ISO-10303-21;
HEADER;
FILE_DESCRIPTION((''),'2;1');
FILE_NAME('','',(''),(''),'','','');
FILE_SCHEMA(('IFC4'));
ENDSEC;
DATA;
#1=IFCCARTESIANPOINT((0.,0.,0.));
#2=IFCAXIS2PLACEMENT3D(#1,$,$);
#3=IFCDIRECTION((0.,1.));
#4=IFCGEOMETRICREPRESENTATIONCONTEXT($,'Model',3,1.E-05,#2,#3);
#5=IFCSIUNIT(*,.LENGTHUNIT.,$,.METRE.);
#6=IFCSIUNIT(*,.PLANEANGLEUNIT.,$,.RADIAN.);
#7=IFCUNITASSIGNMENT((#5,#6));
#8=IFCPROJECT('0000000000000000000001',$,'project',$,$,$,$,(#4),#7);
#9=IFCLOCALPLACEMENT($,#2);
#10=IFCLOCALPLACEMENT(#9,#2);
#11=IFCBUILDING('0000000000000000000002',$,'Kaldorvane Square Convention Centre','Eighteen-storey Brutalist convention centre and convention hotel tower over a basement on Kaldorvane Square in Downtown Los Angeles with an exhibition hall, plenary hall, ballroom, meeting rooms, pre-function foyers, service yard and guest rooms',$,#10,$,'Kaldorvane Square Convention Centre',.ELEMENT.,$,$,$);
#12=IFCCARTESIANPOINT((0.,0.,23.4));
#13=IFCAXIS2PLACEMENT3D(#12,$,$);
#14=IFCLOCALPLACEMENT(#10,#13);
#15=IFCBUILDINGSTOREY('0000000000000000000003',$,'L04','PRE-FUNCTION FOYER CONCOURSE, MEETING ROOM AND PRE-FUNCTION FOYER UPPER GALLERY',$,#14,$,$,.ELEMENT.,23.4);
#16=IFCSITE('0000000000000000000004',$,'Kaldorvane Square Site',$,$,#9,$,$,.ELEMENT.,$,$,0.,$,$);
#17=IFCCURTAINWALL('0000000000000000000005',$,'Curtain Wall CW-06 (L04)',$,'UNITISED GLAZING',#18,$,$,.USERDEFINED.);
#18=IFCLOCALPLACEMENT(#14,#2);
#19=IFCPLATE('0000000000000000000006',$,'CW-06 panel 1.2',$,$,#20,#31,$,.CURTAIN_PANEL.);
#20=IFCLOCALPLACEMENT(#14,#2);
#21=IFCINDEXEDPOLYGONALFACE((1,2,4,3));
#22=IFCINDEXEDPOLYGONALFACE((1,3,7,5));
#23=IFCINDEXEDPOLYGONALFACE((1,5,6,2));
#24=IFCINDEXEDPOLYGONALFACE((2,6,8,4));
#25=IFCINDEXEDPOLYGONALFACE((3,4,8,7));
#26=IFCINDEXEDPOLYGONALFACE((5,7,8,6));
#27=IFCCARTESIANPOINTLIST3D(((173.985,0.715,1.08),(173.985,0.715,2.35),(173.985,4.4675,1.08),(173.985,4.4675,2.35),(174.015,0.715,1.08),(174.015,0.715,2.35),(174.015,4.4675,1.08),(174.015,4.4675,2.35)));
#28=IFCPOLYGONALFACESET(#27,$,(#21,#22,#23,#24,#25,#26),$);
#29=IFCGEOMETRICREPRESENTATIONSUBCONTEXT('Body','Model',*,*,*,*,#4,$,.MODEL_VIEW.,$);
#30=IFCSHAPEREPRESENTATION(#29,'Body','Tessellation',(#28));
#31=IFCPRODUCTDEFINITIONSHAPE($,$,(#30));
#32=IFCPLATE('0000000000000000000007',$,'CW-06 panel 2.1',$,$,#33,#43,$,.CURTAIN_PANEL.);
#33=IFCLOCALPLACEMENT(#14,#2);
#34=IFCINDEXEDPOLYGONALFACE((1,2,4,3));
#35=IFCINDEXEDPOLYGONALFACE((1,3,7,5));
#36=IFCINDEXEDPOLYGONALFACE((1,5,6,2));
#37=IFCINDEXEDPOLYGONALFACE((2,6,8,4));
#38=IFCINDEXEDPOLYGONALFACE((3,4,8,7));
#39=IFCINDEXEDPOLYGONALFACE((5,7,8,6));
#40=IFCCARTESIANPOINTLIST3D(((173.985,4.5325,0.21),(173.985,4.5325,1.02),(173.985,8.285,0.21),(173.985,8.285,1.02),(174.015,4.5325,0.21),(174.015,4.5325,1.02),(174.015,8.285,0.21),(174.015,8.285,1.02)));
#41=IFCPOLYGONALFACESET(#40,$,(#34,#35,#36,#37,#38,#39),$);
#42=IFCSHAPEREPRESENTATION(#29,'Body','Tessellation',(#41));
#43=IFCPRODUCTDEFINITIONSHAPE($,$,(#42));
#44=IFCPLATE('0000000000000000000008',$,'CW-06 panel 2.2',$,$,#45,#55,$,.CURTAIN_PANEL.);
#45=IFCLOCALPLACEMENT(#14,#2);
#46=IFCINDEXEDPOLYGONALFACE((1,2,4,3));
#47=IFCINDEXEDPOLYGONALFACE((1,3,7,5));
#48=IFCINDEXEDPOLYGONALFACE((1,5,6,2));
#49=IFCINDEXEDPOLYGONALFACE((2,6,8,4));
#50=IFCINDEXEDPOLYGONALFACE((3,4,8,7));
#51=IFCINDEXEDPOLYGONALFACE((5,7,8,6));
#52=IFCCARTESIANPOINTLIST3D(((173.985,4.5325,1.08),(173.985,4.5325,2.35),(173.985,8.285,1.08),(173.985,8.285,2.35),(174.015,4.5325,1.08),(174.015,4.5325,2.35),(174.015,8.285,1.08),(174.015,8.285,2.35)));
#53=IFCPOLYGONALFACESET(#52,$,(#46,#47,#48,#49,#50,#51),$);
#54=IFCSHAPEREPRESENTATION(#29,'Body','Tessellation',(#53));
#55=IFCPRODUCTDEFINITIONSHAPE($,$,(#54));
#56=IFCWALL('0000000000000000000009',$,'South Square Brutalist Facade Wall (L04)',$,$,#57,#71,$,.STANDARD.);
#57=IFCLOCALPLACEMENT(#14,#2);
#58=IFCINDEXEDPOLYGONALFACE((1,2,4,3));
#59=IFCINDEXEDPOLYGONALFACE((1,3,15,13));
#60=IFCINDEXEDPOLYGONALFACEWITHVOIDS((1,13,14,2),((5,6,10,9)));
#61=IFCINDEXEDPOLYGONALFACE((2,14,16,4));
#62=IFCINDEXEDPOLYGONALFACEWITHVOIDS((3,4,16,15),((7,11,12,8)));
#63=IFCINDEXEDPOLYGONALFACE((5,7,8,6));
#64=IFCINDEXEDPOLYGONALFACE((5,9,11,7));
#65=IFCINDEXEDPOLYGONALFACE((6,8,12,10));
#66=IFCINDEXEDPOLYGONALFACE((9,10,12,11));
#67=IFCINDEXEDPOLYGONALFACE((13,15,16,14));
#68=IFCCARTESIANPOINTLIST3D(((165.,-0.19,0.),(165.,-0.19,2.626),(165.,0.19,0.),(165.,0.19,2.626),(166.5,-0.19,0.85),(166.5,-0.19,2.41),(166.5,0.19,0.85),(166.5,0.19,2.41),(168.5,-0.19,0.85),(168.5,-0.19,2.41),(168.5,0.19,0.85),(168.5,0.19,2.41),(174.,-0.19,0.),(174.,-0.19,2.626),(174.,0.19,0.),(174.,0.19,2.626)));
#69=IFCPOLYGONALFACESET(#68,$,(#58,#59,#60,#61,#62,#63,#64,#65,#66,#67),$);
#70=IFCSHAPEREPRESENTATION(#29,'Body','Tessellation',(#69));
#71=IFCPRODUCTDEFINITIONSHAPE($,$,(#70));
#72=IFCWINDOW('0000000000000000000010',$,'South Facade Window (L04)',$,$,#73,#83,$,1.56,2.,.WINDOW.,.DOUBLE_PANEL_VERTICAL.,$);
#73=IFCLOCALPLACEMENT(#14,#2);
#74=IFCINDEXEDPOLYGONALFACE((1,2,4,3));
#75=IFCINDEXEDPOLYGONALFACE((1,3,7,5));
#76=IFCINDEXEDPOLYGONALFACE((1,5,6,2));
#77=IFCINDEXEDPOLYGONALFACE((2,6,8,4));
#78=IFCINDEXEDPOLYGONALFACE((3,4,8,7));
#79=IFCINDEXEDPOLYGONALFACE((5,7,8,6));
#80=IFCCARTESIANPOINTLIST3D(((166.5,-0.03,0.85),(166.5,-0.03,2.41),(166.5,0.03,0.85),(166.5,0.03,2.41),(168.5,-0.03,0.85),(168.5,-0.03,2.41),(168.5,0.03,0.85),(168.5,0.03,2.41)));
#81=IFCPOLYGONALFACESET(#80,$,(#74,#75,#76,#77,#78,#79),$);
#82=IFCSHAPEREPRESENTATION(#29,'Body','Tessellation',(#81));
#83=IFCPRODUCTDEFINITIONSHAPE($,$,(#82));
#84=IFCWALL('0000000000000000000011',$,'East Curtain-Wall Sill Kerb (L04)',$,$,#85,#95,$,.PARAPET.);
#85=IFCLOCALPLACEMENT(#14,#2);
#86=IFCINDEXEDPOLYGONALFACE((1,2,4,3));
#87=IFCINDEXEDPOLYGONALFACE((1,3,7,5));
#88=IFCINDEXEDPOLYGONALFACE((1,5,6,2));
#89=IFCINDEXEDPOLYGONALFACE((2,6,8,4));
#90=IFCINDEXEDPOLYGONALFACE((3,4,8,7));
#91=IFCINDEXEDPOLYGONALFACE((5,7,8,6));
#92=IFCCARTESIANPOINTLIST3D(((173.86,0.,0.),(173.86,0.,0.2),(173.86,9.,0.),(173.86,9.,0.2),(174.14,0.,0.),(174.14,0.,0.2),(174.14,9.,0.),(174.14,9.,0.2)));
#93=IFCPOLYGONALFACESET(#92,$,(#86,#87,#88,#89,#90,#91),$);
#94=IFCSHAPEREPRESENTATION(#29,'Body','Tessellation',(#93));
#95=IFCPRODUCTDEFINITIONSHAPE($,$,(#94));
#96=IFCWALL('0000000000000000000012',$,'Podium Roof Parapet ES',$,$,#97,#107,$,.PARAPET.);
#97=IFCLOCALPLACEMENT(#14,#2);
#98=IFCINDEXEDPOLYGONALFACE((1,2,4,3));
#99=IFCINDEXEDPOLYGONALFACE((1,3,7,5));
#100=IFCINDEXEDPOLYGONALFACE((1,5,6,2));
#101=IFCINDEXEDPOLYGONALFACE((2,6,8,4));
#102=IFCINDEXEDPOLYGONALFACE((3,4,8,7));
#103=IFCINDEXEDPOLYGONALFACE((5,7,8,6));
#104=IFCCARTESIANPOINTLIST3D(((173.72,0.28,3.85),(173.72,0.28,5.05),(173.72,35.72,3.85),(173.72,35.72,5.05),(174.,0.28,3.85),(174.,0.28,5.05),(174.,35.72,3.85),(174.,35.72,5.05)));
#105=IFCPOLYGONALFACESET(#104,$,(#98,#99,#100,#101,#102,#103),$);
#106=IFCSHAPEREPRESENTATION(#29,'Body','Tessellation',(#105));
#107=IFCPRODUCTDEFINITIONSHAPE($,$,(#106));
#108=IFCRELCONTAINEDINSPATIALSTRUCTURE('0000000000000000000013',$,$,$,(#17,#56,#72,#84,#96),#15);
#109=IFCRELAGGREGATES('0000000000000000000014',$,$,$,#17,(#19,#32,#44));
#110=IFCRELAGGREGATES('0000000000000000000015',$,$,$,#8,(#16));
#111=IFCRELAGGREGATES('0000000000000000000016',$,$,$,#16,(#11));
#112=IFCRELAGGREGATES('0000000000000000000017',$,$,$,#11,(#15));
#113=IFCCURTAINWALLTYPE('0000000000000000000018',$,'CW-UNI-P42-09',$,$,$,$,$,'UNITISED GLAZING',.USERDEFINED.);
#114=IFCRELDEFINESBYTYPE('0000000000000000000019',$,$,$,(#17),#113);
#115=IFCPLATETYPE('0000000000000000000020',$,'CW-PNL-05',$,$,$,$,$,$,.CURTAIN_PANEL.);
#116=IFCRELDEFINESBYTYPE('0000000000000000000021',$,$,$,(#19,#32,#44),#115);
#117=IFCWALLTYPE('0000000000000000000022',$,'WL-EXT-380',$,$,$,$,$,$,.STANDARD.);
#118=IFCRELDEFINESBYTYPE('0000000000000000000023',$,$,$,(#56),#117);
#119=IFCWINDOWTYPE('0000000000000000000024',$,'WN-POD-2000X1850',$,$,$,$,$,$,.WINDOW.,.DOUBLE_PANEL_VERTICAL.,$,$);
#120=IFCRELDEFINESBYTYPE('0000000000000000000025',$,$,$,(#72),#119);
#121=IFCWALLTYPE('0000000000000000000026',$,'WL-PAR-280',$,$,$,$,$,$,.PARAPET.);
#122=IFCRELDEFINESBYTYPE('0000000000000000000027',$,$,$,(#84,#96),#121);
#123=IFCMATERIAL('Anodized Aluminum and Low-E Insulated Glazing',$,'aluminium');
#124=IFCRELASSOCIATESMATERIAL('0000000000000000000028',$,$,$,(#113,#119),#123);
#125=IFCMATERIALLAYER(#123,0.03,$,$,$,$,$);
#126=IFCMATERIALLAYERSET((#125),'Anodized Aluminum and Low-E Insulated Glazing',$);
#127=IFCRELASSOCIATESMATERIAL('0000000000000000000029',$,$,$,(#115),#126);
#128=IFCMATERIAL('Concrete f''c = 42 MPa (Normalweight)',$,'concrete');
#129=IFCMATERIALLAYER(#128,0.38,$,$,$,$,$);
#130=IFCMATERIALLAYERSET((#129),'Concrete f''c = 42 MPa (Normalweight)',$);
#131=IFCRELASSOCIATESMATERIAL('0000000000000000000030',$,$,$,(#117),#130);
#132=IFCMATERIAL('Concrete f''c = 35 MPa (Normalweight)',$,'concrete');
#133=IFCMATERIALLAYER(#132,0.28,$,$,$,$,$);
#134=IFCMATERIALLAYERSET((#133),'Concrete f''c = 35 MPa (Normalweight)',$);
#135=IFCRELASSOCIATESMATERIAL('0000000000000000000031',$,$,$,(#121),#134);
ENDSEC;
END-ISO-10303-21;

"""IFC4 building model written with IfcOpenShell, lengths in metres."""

from ifc_helpers import new_model, si_unit, direction, frame, frame_2d, origin, origin_2d, place, context, subcontext, project, spatial, rectangle, extrude, material, layer, layer_set, type_object, element, fill, aggregate, save


model = new_model("IFC4")

# Units and contexts
model_context = context("Model", 3, precision=1e-05, world=origin(), true_north=direction((0.0, 1.0)))
body_context = subcontext(model_context, "Body", "Model", "MODEL_VIEW")
ifc_project = project(units=[si_unit("LENGTHUNIT", "METRE"), si_unit("PLANEANGLEUNIT", "RADIAN")], contexts=[model_context])

# Site, building, storey
site_placement = place(None, origin())
site = spatial("IfcSite", under=ifc_project, at=site_placement, Name="Kaldorvane Square Site", CompositionType="ELEMENT", RefElevation=0.0)
building_placement = place(site_placement, origin())
building = spatial("IfcBuilding", under=site, at=building_placement, Name="Kaldorvane Square Convention Centre", Description="Eighteen-storey Brutalist convention centre and convention hotel tower over a basement on Kaldorvane Square in Downtown Los Angeles with an exhibition hall, plenary hall, ballroom, meeting rooms, pre-function foyers, service yard and guest rooms", LongName="Kaldorvane Square Convention Centre", CompositionType="ELEMENT")
storey_placement = place(building_placement, frame((0.0, 0.0, 23.4)))
storey = spatial("IfcBuildingStorey", under=building, at=storey_placement, Name="L04", Description="PRE-FUNCTION FOYER CONCOURSE, MEETING ROOM AND PRE-FUNCTION FOYER UPPER GALLERY", CompositionType="ELEMENT", Elevation=23.4)

# Shared definitions
ifc_material_1 = material(Name="Concrete f'c = 42 MPa (Normalweight)", Category="concrete")

# Curtain wall
ifc_material_2 = material(Name="Anodized Aluminum and Low-E Insulated Glazing", Category="aluminium")
curtain_wall_type_1 = type_object("IfcCurtainWallType", Name="CW-UNI-P42-09", ElementType="UNITISED GLAZING", PredefinedType="USERDEFINED", material=ifc_material_2)
curtain_wall_1_placement = place(storey_placement, origin())
curtain_wall_1 = element("IfcCurtainWall", 1, at=curtain_wall_1_placement, inside=storey, type_object=curtain_wall_type_1, Name="Curtain Wall CW-06 (L04)", ObjectType="UNITISED GLAZING", PredefinedType="USERDEFINED")

# Plates
ifc_layer_1 = layer(ifc_material_2, 0.03)
ifc_layer_set_1 = layer_set([ifc_layer_1], Name="Anodized Aluminum and Low-E Insulated Glazing")
plate_type = type_object("IfcPlateType", Name="CW-PNL-05", PredefinedType="CURTAIN_PANEL", material=ifc_layer_set_1)
plate_1_placement = place(storey_placement, frame((174.0, 2.5912, 1.08), z_axis=(0.0, 0.0, 1.0), x_axis=(0.0, 1.0, 0.0)))
plate_1 = element("IfcPlate", 2, at=plate_1_placement, type_object=plate_type, Name="CW-06 panel 1.2", PredefinedType="CURTAIN_PANEL", context=body_context, shape_type="SweptSolid", body=[
    extrude(rectangle(XDim=3.7525, YDim=0.03, at=origin_2d()), origin(), (0.0, 0.0, 1.0), 1.27),
])
plate_2_placement = place(storey_placement, frame((174.0, 6.4088, 0.21), z_axis=(0.0, 0.0, 1.0), x_axis=(0.0, 1.0, 0.0)))
plate_2 = element("IfcPlate", 3, at=plate_2_placement, type_object=plate_type, Name="CW-06 panel 2.1", PredefinedType="CURTAIN_PANEL", context=body_context, shape_type="SweptSolid", body=[
    extrude(rectangle(XDim=3.7525, YDim=0.03, at=origin_2d()), origin(), (0.0, 0.0, 1.0), 0.81),
])
plate_3_placement = place(storey_placement, frame((174.0, 6.4088, 1.08), z_axis=(0.0, 0.0, 1.0), x_axis=(0.0, 1.0, 0.0)))
plate_3 = element("IfcPlate", 4, at=plate_3_placement, type_object=plate_type, Name="CW-06 panel 2.2", PredefinedType="CURTAIN_PANEL", context=body_context, shape_type="SweptSolid", body=[
    extrude(rectangle(XDim=3.7525, YDim=0.03, at=origin_2d()), origin(), (0.0, 0.0, 1.0), 1.27),
])
aggregate(curtain_wall_1, [plate_1, plate_2, plate_3])

# Wall, opening, window
ifc_layer_2 = layer(ifc_material_1, 0.38)
ifc_layer_set_2 = layer_set([ifc_layer_2], Name="Concrete f'c = 42 MPa (Normalweight)")
wall_type_1 = type_object("IfcWallType", Name="WL-EXT-380", PredefinedType="STANDARD", material=ifc_layer_set_2)
wall_1_placement = place(storey_placement, frame((165.0, 0.0, 0.0), z_axis=(0.0, 0.0, 1.0), x_axis=(1.0, 0.0, 0.0)))
wall_1 = element("IfcWall", 5, at=wall_1_placement, inside=storey, type_object=wall_type_1, Name="South Square Brutalist Facade Wall (L04)", PredefinedType="STANDARD", context=body_context, shape_type="SweptSolid", body=[
    extrude(rectangle(XDim=9.0, YDim=0.38, at=frame_2d((4.5, 0.0))), origin(), (0.0, 0.0, 1.0), 2.626),
])
opening_placement = place(wall_1_placement, frame((1.5, 0.0, 0.85)))
opening = element("IfcOpeningElement", 6, at=opening_placement, cuts=wall_1, PredefinedType="OPENING", context=body_context, shape_type="SweptSolid", body=[
    extrude(rectangle(XDim=2.0, YDim=1.56, at=frame_2d((1.0, 0.78))), frame((0.0, 0.205, 0.0), z_axis=(0.0, -1.0, 0.0), x_axis=(1.0, 0.0, 0.0)), (0.0, 0.0, 1.0), 0.41),
])
window_type = type_object("IfcWindowType", Name="WN-POD-2000X1850", PartitioningType="DOUBLE_PANEL_VERTICAL", PredefinedType="WINDOW", material=ifc_material_2)
window_placement = place(opening_placement, origin())
window = element("IfcWindow", 7, at=window_placement, inside=storey, type_object=window_type, Name="South Facade Window (L04)", OverallHeight=1.56, OverallWidth=2.0, PartitioningType="DOUBLE_PANEL_VERTICAL", PredefinedType="WINDOW", context=body_context, shape_type="SweptSolid", body=[
    extrude(rectangle(XDim=2.0, YDim=1.56, at=frame_2d((1.0, 0.78))), frame((0.0, 0.03, 0.0), z_axis=(0.0, -1.0, 0.0), x_axis=(1.0, 0.0, 0.0)), (0.0, 0.0, 1.0), 0.06),
])
fill(opening, window)

# Walls
ifc_material_3 = material(Name="Concrete f'c = 35 MPa (Normalweight)", Category="concrete")
ifc_layer_3 = layer(ifc_material_3, 0.28)
ifc_layer_set_3 = layer_set([ifc_layer_3], Name="Concrete f'c = 35 MPa (Normalweight)")
wall_type_2 = type_object("IfcWallType", Name="WL-PAR-280", PredefinedType="PARAPET", material=ifc_layer_set_3)
wall_2_placement = place(storey_placement, frame((174.0, 0.0, 0.0), z_axis=(0.0, 0.0, 1.0), x_axis=(0.0, 1.0, 0.0)))
element("IfcWall", 8, at=wall_2_placement, inside=storey, type_object=wall_type_2, Name="East Curtain-Wall Sill Kerb (L04)", PredefinedType="PARAPET", context=body_context, shape_type="SweptSolid", body=[
    extrude(rectangle(XDim=9.0, YDim=0.28, at=frame_2d((4.5, 0.0))), origin(), (0.0, 0.0, 1.0), 0.2),
])
wall_3_placement = place(storey_placement, frame((173.86, 0.28, 3.85), z_axis=(0.0, 0.0, 1.0), x_axis=(0.0, 1.0, 0.0)))
element("IfcWall", 9, at=wall_3_placement, inside=storey, type_object=wall_type_2, Name="Podium Roof Parapet ES", PredefinedType="PARAPET", context=body_context, shape_type="SweptSolid", body=[
    extrude(rectangle(XDim=35.44, YDim=0.28, at=frame_2d((17.72, 0.0))), origin(), (0.0, 0.0, 1.0), 1.2),
])

save(model, "model.ifc")
